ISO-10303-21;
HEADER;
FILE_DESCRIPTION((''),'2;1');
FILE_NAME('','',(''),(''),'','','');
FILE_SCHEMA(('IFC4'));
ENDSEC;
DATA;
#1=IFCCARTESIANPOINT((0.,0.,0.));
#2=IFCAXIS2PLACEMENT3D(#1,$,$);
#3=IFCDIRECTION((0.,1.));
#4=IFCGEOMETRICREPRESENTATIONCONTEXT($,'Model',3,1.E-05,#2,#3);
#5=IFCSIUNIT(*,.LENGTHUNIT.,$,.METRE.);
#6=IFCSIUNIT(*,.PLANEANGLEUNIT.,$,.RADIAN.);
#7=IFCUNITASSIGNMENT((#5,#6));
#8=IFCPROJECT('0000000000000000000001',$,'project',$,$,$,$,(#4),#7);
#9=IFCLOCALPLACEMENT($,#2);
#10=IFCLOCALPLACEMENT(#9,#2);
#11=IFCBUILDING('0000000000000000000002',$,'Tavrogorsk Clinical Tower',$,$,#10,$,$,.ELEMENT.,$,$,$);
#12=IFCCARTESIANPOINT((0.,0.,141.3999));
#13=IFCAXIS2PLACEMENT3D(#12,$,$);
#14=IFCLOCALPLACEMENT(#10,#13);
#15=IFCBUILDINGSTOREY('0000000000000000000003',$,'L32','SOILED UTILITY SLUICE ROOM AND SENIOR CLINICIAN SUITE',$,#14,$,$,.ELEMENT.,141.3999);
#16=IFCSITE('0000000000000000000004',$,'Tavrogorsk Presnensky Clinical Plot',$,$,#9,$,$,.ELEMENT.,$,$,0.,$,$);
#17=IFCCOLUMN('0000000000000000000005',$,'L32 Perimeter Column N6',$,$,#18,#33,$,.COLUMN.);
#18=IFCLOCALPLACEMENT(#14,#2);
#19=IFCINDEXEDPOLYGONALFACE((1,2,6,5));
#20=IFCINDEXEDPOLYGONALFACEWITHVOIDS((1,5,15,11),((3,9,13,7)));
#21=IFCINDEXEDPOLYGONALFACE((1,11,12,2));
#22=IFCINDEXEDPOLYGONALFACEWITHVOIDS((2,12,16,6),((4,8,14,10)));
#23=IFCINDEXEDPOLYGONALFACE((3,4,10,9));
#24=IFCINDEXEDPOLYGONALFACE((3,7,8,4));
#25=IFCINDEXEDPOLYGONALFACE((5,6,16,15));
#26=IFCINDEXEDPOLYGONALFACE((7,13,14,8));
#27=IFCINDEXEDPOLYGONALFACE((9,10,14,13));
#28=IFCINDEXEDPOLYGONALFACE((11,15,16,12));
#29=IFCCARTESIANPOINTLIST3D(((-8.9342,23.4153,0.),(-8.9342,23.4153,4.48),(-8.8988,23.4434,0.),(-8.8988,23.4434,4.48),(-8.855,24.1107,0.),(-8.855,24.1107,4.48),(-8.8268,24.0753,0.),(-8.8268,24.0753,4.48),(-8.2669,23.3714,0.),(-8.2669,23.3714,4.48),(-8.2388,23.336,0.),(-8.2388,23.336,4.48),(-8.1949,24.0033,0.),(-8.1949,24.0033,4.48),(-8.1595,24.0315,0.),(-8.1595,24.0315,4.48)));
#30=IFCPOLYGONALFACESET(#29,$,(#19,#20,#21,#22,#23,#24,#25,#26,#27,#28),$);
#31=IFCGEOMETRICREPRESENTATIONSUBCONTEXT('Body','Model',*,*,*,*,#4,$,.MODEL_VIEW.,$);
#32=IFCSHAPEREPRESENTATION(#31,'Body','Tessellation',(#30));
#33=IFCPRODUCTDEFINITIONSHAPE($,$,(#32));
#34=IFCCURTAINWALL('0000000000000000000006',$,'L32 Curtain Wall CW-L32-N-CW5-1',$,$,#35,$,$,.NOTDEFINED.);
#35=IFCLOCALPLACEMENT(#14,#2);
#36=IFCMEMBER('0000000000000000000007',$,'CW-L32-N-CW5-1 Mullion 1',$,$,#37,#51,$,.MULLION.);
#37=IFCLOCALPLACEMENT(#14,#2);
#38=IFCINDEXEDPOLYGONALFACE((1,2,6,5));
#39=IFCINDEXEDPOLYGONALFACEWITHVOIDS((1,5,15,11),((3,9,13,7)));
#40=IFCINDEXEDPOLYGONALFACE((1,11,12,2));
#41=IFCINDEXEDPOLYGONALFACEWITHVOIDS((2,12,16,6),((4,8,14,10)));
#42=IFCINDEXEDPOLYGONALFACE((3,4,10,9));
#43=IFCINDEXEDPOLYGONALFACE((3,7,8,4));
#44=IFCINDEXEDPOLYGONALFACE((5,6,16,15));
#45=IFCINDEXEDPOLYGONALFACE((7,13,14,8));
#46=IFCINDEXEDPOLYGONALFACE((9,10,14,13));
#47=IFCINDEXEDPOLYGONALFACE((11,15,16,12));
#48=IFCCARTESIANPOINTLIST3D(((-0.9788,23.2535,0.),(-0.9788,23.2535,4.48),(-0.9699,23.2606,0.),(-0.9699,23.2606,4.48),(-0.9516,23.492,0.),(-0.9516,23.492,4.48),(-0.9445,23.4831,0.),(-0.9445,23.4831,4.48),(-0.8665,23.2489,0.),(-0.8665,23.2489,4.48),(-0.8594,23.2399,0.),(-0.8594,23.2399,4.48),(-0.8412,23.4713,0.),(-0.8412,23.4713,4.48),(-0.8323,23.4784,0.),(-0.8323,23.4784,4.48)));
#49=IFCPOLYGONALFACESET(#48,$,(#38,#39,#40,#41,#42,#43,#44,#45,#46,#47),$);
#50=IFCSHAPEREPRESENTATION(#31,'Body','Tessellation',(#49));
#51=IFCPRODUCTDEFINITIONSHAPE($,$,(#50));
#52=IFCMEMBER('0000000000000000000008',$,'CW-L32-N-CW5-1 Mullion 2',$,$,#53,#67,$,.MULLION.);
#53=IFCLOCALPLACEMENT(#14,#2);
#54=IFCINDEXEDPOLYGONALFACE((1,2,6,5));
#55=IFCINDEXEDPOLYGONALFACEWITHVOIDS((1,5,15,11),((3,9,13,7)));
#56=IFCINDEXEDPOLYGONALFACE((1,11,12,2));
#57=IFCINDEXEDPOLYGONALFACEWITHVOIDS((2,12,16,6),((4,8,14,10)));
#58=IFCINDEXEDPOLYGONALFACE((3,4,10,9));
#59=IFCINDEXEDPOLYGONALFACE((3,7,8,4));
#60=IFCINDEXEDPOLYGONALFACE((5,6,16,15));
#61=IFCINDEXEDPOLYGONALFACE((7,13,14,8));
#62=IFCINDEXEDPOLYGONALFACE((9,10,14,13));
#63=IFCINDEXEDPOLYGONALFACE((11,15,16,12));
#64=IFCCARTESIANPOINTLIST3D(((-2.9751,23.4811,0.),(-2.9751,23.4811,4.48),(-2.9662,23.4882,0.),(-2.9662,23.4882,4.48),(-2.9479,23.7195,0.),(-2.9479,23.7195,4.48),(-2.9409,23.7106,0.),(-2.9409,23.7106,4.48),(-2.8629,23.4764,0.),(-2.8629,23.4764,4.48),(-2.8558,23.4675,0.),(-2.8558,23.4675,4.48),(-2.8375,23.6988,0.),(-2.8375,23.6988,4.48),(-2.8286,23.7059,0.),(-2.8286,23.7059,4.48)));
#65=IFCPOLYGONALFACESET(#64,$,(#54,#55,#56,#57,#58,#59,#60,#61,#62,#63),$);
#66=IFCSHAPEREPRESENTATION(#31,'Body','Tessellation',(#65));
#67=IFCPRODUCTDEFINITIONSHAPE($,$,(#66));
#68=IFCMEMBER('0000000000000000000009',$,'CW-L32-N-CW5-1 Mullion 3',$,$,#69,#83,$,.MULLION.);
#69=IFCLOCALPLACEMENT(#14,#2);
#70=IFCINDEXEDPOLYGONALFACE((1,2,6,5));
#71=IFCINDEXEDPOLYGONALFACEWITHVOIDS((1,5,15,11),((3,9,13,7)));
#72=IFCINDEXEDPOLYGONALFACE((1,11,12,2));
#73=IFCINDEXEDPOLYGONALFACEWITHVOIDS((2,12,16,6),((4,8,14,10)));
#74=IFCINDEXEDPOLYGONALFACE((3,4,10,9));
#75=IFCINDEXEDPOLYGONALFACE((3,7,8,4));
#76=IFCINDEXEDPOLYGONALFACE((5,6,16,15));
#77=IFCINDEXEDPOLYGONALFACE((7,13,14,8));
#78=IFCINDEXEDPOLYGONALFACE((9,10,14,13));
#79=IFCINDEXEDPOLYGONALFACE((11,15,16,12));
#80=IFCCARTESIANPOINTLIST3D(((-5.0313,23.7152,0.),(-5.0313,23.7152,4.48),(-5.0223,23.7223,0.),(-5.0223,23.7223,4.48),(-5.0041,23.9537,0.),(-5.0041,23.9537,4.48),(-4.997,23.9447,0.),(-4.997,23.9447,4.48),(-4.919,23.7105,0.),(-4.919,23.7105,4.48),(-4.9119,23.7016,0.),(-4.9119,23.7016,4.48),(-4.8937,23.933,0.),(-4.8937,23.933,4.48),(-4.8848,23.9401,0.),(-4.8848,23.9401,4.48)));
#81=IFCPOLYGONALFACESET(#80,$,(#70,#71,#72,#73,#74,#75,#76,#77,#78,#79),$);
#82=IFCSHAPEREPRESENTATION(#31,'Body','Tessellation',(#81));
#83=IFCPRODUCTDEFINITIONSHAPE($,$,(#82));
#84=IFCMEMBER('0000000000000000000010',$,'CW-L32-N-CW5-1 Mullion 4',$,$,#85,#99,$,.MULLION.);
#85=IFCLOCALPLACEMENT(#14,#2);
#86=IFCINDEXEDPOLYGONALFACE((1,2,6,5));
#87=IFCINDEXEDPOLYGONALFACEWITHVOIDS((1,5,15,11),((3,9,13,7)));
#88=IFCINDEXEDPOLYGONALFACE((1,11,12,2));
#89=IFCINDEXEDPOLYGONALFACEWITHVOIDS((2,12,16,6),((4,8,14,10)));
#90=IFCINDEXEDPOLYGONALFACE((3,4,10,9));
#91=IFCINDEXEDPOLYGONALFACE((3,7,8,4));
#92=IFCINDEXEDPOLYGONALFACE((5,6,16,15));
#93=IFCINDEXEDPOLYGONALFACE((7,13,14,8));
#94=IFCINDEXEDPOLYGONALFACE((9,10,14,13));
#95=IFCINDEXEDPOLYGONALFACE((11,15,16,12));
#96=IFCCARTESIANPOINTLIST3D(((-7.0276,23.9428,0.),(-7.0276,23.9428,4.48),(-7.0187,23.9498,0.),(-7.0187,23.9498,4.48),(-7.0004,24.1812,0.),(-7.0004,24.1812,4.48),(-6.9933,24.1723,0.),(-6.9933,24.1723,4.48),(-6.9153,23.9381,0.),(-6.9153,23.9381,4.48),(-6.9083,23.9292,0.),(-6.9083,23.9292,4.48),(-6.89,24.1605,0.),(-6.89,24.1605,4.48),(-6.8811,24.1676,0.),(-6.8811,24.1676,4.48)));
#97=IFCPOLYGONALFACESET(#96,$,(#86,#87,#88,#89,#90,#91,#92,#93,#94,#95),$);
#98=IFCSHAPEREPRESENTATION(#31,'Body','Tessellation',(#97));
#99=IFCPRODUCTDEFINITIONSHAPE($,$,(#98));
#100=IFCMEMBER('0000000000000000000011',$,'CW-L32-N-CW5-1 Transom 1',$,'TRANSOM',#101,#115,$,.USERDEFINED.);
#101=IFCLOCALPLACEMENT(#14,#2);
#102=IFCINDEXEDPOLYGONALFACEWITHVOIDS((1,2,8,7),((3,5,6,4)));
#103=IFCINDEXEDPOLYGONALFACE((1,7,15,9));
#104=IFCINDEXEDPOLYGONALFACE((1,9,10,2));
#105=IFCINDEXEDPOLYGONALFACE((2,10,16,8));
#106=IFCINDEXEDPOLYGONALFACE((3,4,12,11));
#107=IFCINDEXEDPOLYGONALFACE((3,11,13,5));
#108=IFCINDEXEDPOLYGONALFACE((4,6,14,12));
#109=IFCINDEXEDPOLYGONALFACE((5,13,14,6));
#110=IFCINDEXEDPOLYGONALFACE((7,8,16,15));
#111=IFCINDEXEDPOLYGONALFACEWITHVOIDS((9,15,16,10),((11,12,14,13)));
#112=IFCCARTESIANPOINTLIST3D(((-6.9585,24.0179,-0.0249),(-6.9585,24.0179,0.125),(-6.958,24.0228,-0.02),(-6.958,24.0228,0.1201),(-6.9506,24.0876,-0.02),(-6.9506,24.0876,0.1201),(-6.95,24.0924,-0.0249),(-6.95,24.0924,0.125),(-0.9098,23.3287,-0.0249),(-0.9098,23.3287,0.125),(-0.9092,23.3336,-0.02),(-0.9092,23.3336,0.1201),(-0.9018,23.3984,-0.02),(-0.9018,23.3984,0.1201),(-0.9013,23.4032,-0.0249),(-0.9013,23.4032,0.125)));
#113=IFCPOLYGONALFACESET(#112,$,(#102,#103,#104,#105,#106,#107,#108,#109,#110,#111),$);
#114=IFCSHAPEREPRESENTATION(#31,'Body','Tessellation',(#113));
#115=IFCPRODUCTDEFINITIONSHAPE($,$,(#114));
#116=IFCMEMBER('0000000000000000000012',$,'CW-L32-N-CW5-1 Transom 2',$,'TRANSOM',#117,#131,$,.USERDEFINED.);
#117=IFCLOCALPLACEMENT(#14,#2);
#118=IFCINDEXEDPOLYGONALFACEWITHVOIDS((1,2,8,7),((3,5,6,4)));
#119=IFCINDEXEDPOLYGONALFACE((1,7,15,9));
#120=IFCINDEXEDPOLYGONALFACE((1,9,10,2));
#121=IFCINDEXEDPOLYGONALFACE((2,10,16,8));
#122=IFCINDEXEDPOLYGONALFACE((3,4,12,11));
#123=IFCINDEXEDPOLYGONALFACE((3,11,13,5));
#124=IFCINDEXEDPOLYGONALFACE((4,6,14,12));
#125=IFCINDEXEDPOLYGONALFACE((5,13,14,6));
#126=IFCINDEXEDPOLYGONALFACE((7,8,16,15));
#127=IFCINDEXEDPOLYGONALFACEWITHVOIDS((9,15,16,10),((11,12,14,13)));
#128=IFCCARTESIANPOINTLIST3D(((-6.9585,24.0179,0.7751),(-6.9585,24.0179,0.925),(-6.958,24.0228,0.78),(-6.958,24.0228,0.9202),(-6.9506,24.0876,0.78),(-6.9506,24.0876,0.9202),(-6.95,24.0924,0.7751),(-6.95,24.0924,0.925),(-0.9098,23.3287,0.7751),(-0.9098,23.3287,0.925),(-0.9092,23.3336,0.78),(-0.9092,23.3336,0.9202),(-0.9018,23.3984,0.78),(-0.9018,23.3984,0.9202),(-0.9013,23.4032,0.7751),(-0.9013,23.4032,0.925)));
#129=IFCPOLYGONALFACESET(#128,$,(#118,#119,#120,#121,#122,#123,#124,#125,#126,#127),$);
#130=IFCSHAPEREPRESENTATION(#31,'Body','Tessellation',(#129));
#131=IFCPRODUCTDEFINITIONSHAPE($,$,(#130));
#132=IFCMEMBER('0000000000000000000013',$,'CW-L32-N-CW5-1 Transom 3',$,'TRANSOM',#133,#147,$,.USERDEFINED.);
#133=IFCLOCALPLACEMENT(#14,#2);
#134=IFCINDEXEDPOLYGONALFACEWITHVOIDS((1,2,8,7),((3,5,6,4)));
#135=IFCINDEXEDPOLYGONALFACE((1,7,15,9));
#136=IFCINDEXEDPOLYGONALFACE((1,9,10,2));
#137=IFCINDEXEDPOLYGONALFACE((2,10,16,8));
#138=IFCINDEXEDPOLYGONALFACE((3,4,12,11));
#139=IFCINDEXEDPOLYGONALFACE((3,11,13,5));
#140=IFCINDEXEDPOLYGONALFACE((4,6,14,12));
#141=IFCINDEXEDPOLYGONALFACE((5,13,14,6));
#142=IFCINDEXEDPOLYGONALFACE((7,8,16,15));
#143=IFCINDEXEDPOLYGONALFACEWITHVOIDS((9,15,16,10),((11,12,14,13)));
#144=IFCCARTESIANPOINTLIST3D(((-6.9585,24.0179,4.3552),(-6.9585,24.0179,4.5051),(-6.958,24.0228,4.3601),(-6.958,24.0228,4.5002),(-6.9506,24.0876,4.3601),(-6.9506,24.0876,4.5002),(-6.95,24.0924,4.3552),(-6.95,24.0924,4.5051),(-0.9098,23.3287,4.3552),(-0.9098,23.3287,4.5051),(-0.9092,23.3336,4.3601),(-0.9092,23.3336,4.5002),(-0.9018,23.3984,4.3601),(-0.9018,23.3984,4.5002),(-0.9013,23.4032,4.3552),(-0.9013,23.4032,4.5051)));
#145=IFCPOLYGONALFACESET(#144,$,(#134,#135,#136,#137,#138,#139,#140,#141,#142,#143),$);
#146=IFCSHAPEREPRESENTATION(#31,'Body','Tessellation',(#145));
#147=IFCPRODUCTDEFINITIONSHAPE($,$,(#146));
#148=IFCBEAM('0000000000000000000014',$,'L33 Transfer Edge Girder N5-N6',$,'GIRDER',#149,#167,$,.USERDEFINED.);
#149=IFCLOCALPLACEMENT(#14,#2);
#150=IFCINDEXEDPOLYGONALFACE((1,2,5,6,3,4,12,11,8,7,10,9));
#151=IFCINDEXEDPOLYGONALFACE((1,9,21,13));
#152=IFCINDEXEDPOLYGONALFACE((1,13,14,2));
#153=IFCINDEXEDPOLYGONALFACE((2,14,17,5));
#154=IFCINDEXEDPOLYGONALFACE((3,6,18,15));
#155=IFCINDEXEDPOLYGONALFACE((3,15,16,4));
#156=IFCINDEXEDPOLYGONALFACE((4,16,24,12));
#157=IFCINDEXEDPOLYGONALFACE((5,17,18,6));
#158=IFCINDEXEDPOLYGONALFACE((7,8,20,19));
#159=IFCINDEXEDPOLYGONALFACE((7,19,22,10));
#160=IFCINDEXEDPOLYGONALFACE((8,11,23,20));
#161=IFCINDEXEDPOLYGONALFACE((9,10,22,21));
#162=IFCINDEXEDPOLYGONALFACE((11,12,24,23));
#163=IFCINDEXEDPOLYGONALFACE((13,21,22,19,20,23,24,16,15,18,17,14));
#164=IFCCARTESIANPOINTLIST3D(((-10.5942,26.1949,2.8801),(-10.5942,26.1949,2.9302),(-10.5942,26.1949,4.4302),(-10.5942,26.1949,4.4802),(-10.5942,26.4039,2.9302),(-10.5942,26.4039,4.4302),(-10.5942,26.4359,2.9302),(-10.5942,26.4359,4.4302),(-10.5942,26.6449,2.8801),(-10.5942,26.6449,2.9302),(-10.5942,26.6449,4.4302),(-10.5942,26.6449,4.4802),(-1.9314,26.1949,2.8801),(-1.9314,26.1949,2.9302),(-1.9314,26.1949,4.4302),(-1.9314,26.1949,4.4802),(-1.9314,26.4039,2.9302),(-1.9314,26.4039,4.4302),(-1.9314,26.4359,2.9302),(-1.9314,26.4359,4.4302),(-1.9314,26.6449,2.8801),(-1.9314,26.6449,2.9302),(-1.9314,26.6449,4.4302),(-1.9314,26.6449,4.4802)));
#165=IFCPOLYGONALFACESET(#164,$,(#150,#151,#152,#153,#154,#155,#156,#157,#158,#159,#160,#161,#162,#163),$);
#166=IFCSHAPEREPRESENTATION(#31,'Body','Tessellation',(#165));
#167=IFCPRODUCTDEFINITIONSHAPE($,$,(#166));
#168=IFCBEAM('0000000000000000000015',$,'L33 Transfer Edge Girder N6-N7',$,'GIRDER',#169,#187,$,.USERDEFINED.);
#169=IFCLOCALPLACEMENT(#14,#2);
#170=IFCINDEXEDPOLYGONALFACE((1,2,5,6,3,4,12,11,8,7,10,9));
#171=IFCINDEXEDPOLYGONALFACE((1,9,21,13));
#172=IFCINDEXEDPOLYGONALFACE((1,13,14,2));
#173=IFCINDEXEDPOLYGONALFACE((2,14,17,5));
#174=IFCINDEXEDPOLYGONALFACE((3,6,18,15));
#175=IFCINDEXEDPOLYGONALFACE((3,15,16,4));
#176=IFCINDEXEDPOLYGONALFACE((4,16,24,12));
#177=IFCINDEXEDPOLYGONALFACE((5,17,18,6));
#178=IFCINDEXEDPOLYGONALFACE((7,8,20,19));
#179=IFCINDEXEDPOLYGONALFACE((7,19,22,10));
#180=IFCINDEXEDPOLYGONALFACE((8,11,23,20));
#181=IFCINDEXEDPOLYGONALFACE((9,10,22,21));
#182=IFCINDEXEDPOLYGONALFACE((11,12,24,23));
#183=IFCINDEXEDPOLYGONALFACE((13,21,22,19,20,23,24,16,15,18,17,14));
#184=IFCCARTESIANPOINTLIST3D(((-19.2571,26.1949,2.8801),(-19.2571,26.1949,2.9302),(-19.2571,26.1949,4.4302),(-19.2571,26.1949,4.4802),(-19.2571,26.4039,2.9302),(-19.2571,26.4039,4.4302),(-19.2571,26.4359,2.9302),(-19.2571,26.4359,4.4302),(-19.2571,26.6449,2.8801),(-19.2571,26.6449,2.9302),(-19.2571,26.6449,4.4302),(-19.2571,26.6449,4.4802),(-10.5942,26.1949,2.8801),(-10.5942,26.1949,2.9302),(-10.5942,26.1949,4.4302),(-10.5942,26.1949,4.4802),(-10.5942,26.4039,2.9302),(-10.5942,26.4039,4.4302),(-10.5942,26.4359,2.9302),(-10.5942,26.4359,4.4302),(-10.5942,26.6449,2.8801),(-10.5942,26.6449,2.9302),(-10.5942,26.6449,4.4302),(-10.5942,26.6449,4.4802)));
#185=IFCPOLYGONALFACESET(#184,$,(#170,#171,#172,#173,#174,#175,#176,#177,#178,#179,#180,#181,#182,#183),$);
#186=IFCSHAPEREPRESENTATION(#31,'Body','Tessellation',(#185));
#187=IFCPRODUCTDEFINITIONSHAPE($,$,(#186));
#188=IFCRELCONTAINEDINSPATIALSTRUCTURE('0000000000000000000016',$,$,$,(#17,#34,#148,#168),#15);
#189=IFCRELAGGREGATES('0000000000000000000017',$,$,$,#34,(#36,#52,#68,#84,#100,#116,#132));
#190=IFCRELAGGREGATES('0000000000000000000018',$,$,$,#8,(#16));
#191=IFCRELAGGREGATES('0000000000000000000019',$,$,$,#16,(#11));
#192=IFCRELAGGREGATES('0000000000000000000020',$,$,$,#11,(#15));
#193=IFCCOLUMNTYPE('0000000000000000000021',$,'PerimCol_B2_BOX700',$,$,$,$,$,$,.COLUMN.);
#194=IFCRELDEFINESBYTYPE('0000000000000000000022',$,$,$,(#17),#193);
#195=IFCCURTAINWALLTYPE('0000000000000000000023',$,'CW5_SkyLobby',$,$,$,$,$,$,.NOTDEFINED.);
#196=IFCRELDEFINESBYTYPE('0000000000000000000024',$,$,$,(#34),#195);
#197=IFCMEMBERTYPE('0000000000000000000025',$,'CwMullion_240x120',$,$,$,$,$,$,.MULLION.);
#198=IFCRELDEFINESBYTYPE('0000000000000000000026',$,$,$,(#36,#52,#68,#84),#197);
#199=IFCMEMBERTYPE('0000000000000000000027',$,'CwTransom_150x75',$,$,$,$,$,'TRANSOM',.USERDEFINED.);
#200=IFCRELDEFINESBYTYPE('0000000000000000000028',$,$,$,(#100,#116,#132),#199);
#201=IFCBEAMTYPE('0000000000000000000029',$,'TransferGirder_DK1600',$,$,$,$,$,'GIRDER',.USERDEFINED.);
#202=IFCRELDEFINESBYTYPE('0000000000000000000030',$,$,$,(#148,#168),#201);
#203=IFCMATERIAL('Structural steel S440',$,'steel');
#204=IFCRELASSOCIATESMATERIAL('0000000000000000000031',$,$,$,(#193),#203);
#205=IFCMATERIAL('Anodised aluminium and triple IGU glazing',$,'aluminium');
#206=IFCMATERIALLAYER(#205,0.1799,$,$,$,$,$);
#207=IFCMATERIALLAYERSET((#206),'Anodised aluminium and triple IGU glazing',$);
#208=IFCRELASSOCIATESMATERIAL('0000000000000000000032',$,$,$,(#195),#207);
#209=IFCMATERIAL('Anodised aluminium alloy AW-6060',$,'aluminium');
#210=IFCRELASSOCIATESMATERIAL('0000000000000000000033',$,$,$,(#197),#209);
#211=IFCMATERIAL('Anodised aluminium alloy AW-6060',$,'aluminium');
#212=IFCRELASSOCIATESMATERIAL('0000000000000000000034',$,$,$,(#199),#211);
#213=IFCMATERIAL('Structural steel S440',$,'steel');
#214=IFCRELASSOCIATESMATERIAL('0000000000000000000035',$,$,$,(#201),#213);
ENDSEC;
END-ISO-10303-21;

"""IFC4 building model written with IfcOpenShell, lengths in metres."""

from ifc_helpers import new_model, si_unit, direction, frame, origin, origin_2d, place, context, subcontext, project, spatial, hollow_rectangle, i_section, extrude, material, layer, layer_set, material_profile, profile_set, type_object, element, aggregate, save


model = new_model("IFC4")

# Units and contexts
model_context = context("Model", 3, precision=1e-05, world=origin(), true_north=direction((0.0, 1.0)))
body_context = subcontext(model_context, "Body", "Model", "MODEL_VIEW")
ifc_project = project(units=[si_unit("LENGTHUNIT", "METRE"), si_unit("PLANEANGLEUNIT", "RADIAN")], contexts=[model_context])

# Site, building, storey
site_placement = place(None, origin())
site = spatial("IfcSite", under=ifc_project, at=site_placement, Name="Tavrogorsk Presnensky Clinical Plot", CompositionType="ELEMENT", RefElevation=0.0)
building_placement = place(site_placement, origin())
building = spatial("IfcBuilding", under=site, at=building_placement, Name="Tavrogorsk Clinical Tower", CompositionType="ELEMENT")
storey_placement = place(building_placement, frame((0.0, 0.0, 141.3999)))
storey = spatial("IfcBuildingStorey", under=building, at=storey_placement, Name="L32", Description="SOILED UTILITY SLUICE ROOM AND SENIOR CLINICIAN SUITE", CompositionType="ELEMENT", Elevation=141.3999)

# Column
ifc_material_1 = material(Name="Structural steel S440", Category="steel")
ifc_material_profile_1 = material_profile(ifc_material_1, hollow_rectangle(XDim=0.7, YDim=0.7, WallThickness=0.032, at=origin_2d()), Name="BOX-700x700x32")
ifc_profile_set_1 = profile_set([ifc_material_profile_1], Name="Structural steel S440")
column_type = type_object("IfcColumnType", Name="PerimCol_B2_BOX700", PredefinedType="COLUMN", material=ifc_profile_set_1)
column_placement = place(storey_placement, frame((-8.5469, 23.7234, 0.0), z_axis=(0.0, 0.0, 1.0), x_axis=(0.993572, -0.113203, 0.0)))
element("IfcColumn", 1, at=column_placement, inside=storey, type_object=column_type, Name="L32 Perimeter Column N6", PredefinedType="COLUMN", context=body_context, shape_type="SweptSolid", body=[
    extrude(hollow_rectangle(XDim=0.7, YDim=0.7, WallThickness=0.032, at=origin_2d()), origin(), (0.0, 0.0, 1.0), 4.48),
])

# Curtain wall, members
ifc_material_2 = material(Name="Anodised aluminium and triple IGU glazing", Category="aluminium")
ifc_layer_1 = layer(ifc_material_2, 0.1799)
ifc_layer_set_1 = layer_set([ifc_layer_1], Name="Anodised aluminium and triple IGU glazing")
curtain_wall_type = type_object("IfcCurtainWallType", Name="CW5_SkyLobby", PredefinedType="NOTDEFINED", material=ifc_layer_set_1)
curtain_wall_placement = place(storey_placement, origin())
curtain_wall = element("IfcCurtainWall", 2, at=curtain_wall_placement, inside=storey, type_object=curtain_wall_type, Name="L32 Curtain Wall CW-L32-N-CW5-1", PredefinedType="NOTDEFINED")
ifc_material_3 = material(Name="Anodised aluminium alloy AW-6060", Category="aluminium")
ifc_material_profile_2 = material_profile(ifc_material_3, hollow_rectangle(XDim=0.1201, YDim=0.24, WallThickness=0.0081, at=origin_2d()), Name="RHS-240x120x8")
ifc_profile_set_2 = profile_set([ifc_material_profile_2], Name="Anodised aluminium alloy AW-6060")
member_type_1 = type_object("IfcMemberType", Name="CwMullion_240x120", PredefinedType="MULLION", material=ifc_profile_set_2)
member_1_placement = place(storey_placement, frame((-0.9055, 23.366, 0.0), z_axis=(0.0, 0.0, 1.0), x_axis=(-0.993572, 0.113203, 0.0)))
member_1 = element("IfcMember", 3, at=member_1_placement, type_object=member_type_1, Name="CW-L32-N-CW5-1 Mullion 1", PredefinedType="MULLION", context=body_context, shape_type="SweptSolid", body=[
    extrude(hollow_rectangle(XDim=0.1201, YDim=0.24, WallThickness=0.0081, at=origin_2d()), origin(), (0.0, 0.0, 1.0), 4.48),
])
member_2_placement = place(storey_placement, frame((-2.9019, 23.5935, 0.0), z_axis=(0.0, 0.0, 1.0), x_axis=(-0.993572, 0.113203, 0.0)))
member_2 = element("IfcMember", 4, at=member_2_placement, type_object=member_type_1, Name="CW-L32-N-CW5-1 Mullion 2", PredefinedType="MULLION", context=body_context, shape_type="SweptSolid", body=[
    extrude(hollow_rectangle(XDim=0.1201, YDim=0.24, WallThickness=0.0081, at=origin_2d()), origin(), (0.0, 0.0, 1.0), 4.48),
])
member_3_placement = place(storey_placement, frame((-4.958, 23.8276, 0.0), z_axis=(0.0, 0.0, 1.0), x_axis=(-0.993572, 0.113203, 0.0)))
member_3 = element("IfcMember", 5, at=member_3_placement, type_object=member_type_1, Name="CW-L32-N-CW5-1 Mullion 3", PredefinedType="MULLION", context=body_context, shape_type="SweptSolid", body=[
    extrude(hollow_rectangle(XDim=0.1201, YDim=0.24, WallThickness=0.0081, at=origin_2d()), origin(), (0.0, 0.0, 1.0), 4.48),
])
member_4_placement = place(storey_placement, frame((-6.9543, 24.0552, 0.0), z_axis=(0.0, 0.0, 1.0), x_axis=(-0.993572, 0.113203, 0.0)))
member_4 = element("IfcMember", 6, at=member_4_placement, type_object=member_type_1, Name="CW-L32-N-CW5-1 Mullion 4", PredefinedType="MULLION", context=body_context, shape_type="SweptSolid", body=[
    extrude(hollow_rectangle(XDim=0.1201, YDim=0.24, WallThickness=0.0081, at=origin_2d()), origin(), (0.0, 0.0, 1.0), 4.48),
])
ifc_material_4 = material(Name="Anodised aluminium alloy AW-6060", Category="aluminium")
ifc_material_profile_3 = material_profile(ifc_material_4, hollow_rectangle(XDim=0.075, YDim=0.1499, WallThickness=0.0049, at=origin_2d()), Name="RHS-150x75x5")
ifc_profile_set_3 = profile_set([ifc_material_profile_3], Name="Anodised aluminium alloy AW-6060")
member_type_2 = type_object("IfcMemberType", Name="CwTransom_150x75", ElementType="TRANSOM", PredefinedType="USERDEFINED", material=ifc_profile_set_3)
member_5_placement = place(storey_placement, frame((-0.9055, 23.366, 0.05), z_axis=(-0.993571, 0.113208, 0.0), x_axis=(-0.113208, -0.993571, 0.0)))
member_5 = element("IfcMember", 7, at=member_5_placement, type_object=member_type_2, Name="CW-L32-N-CW5-1 Transom 1", ObjectType="TRANSOM", PredefinedType="USERDEFINED", context=body_context, shape_type="SweptSolid", body=[
    extrude(hollow_rectangle(XDim=0.075, YDim=0.1499, WallThickness=0.0049, at=origin_2d()), origin(), (0.0, 0.0, 1.0), 6.0879),
])
member_6_placement = place(storey_placement, frame((-0.9055, 23.366, 0.8501), z_axis=(-0.993571, 0.113208, 0.0), x_axis=(-0.113208, -0.993571, 0.0)))
member_6 = element("IfcMember", 8, at=member_6_placement, type_object=member_type_2, Name="CW-L32-N-CW5-1 Transom 2", ObjectType="TRANSOM", PredefinedType="USERDEFINED", context=body_context, shape_type="SweptSolid", body=[
    extrude(hollow_rectangle(XDim=0.075, YDim=0.1499, WallThickness=0.0049, at=origin_2d()), origin(), (0.0, 0.0, 1.0), 6.0879),
])
member_7_placement = place(storey_placement, frame((-0.9055, 23.366, 4.4302), z_axis=(-0.993571, 0.113208, 0.0), x_axis=(-0.113208, -0.993571, 0.0)))
member_7 = element("IfcMember", 9, at=member_7_placement, type_object=member_type_2, Name="CW-L32-N-CW5-1 Transom 3", ObjectType="TRANSOM", PredefinedType="USERDEFINED", context=body_context, shape_type="SweptSolid", body=[
    extrude(hollow_rectangle(XDim=0.075, YDim=0.1499, WallThickness=0.0049, at=origin_2d()), origin(), (0.0, 0.0, 1.0), 6.0879),
])

# Beams
ifc_material_5 = material(Name="Structural steel S440", Category="steel")
ifc_material_profile_4 = material_profile(ifc_material_5, i_section(OverallWidth=0.45, OverallDepth=1.6001, WebThickness=0.032, FlangeThickness=0.05, at=origin_2d()), Name="DK-1600x450x32x50")
ifc_profile_set_4 = profile_set([ifc_material_profile_4], Name="Structural steel S440")
beam_type_1 = type_object("IfcBeamType", Name="TransferGirder_DK1600", ElementType="GIRDER", PredefinedType="USERDEFINED", material=ifc_profile_set_4)
for number, where, z_axis, x_axis, name in (
    (10, (-1.9314, 26.4199, 3.6802), (-1.0, 0.0, 0.0), (0.0, -1.0, 0.0), "L33 Transfer Edge Girder N5-N6"),
    (11, (-10.5942, 26.4199, 3.6802), (-1.0, 0.0, 0.0), (0.0, -1.0, 0.0), "L33 Transfer Edge Girder N6-N7"),
):
    element("IfcBeam", number, at=place(storey_placement, frame(where, z_axis=z_axis, x_axis=x_axis)), inside=storey, type_object=beam_type_1, Name=name, ObjectType="GIRDER", PredefinedType="USERDEFINED", context=body_context, shape_type="SweptSolid", body=[
        extrude(i_section(OverallWidth=0.45, OverallDepth=1.6001, WebThickness=0.032, FlangeThickness=0.05, at=origin_2d()), origin(), (0.0, 0.0, 1.0), 8.6628),
    ])

aggregate(curtain_wall, [member_1, member_2, member_3, member_4, member_5, member_6, member_7])

save(model, "model.ifc")
